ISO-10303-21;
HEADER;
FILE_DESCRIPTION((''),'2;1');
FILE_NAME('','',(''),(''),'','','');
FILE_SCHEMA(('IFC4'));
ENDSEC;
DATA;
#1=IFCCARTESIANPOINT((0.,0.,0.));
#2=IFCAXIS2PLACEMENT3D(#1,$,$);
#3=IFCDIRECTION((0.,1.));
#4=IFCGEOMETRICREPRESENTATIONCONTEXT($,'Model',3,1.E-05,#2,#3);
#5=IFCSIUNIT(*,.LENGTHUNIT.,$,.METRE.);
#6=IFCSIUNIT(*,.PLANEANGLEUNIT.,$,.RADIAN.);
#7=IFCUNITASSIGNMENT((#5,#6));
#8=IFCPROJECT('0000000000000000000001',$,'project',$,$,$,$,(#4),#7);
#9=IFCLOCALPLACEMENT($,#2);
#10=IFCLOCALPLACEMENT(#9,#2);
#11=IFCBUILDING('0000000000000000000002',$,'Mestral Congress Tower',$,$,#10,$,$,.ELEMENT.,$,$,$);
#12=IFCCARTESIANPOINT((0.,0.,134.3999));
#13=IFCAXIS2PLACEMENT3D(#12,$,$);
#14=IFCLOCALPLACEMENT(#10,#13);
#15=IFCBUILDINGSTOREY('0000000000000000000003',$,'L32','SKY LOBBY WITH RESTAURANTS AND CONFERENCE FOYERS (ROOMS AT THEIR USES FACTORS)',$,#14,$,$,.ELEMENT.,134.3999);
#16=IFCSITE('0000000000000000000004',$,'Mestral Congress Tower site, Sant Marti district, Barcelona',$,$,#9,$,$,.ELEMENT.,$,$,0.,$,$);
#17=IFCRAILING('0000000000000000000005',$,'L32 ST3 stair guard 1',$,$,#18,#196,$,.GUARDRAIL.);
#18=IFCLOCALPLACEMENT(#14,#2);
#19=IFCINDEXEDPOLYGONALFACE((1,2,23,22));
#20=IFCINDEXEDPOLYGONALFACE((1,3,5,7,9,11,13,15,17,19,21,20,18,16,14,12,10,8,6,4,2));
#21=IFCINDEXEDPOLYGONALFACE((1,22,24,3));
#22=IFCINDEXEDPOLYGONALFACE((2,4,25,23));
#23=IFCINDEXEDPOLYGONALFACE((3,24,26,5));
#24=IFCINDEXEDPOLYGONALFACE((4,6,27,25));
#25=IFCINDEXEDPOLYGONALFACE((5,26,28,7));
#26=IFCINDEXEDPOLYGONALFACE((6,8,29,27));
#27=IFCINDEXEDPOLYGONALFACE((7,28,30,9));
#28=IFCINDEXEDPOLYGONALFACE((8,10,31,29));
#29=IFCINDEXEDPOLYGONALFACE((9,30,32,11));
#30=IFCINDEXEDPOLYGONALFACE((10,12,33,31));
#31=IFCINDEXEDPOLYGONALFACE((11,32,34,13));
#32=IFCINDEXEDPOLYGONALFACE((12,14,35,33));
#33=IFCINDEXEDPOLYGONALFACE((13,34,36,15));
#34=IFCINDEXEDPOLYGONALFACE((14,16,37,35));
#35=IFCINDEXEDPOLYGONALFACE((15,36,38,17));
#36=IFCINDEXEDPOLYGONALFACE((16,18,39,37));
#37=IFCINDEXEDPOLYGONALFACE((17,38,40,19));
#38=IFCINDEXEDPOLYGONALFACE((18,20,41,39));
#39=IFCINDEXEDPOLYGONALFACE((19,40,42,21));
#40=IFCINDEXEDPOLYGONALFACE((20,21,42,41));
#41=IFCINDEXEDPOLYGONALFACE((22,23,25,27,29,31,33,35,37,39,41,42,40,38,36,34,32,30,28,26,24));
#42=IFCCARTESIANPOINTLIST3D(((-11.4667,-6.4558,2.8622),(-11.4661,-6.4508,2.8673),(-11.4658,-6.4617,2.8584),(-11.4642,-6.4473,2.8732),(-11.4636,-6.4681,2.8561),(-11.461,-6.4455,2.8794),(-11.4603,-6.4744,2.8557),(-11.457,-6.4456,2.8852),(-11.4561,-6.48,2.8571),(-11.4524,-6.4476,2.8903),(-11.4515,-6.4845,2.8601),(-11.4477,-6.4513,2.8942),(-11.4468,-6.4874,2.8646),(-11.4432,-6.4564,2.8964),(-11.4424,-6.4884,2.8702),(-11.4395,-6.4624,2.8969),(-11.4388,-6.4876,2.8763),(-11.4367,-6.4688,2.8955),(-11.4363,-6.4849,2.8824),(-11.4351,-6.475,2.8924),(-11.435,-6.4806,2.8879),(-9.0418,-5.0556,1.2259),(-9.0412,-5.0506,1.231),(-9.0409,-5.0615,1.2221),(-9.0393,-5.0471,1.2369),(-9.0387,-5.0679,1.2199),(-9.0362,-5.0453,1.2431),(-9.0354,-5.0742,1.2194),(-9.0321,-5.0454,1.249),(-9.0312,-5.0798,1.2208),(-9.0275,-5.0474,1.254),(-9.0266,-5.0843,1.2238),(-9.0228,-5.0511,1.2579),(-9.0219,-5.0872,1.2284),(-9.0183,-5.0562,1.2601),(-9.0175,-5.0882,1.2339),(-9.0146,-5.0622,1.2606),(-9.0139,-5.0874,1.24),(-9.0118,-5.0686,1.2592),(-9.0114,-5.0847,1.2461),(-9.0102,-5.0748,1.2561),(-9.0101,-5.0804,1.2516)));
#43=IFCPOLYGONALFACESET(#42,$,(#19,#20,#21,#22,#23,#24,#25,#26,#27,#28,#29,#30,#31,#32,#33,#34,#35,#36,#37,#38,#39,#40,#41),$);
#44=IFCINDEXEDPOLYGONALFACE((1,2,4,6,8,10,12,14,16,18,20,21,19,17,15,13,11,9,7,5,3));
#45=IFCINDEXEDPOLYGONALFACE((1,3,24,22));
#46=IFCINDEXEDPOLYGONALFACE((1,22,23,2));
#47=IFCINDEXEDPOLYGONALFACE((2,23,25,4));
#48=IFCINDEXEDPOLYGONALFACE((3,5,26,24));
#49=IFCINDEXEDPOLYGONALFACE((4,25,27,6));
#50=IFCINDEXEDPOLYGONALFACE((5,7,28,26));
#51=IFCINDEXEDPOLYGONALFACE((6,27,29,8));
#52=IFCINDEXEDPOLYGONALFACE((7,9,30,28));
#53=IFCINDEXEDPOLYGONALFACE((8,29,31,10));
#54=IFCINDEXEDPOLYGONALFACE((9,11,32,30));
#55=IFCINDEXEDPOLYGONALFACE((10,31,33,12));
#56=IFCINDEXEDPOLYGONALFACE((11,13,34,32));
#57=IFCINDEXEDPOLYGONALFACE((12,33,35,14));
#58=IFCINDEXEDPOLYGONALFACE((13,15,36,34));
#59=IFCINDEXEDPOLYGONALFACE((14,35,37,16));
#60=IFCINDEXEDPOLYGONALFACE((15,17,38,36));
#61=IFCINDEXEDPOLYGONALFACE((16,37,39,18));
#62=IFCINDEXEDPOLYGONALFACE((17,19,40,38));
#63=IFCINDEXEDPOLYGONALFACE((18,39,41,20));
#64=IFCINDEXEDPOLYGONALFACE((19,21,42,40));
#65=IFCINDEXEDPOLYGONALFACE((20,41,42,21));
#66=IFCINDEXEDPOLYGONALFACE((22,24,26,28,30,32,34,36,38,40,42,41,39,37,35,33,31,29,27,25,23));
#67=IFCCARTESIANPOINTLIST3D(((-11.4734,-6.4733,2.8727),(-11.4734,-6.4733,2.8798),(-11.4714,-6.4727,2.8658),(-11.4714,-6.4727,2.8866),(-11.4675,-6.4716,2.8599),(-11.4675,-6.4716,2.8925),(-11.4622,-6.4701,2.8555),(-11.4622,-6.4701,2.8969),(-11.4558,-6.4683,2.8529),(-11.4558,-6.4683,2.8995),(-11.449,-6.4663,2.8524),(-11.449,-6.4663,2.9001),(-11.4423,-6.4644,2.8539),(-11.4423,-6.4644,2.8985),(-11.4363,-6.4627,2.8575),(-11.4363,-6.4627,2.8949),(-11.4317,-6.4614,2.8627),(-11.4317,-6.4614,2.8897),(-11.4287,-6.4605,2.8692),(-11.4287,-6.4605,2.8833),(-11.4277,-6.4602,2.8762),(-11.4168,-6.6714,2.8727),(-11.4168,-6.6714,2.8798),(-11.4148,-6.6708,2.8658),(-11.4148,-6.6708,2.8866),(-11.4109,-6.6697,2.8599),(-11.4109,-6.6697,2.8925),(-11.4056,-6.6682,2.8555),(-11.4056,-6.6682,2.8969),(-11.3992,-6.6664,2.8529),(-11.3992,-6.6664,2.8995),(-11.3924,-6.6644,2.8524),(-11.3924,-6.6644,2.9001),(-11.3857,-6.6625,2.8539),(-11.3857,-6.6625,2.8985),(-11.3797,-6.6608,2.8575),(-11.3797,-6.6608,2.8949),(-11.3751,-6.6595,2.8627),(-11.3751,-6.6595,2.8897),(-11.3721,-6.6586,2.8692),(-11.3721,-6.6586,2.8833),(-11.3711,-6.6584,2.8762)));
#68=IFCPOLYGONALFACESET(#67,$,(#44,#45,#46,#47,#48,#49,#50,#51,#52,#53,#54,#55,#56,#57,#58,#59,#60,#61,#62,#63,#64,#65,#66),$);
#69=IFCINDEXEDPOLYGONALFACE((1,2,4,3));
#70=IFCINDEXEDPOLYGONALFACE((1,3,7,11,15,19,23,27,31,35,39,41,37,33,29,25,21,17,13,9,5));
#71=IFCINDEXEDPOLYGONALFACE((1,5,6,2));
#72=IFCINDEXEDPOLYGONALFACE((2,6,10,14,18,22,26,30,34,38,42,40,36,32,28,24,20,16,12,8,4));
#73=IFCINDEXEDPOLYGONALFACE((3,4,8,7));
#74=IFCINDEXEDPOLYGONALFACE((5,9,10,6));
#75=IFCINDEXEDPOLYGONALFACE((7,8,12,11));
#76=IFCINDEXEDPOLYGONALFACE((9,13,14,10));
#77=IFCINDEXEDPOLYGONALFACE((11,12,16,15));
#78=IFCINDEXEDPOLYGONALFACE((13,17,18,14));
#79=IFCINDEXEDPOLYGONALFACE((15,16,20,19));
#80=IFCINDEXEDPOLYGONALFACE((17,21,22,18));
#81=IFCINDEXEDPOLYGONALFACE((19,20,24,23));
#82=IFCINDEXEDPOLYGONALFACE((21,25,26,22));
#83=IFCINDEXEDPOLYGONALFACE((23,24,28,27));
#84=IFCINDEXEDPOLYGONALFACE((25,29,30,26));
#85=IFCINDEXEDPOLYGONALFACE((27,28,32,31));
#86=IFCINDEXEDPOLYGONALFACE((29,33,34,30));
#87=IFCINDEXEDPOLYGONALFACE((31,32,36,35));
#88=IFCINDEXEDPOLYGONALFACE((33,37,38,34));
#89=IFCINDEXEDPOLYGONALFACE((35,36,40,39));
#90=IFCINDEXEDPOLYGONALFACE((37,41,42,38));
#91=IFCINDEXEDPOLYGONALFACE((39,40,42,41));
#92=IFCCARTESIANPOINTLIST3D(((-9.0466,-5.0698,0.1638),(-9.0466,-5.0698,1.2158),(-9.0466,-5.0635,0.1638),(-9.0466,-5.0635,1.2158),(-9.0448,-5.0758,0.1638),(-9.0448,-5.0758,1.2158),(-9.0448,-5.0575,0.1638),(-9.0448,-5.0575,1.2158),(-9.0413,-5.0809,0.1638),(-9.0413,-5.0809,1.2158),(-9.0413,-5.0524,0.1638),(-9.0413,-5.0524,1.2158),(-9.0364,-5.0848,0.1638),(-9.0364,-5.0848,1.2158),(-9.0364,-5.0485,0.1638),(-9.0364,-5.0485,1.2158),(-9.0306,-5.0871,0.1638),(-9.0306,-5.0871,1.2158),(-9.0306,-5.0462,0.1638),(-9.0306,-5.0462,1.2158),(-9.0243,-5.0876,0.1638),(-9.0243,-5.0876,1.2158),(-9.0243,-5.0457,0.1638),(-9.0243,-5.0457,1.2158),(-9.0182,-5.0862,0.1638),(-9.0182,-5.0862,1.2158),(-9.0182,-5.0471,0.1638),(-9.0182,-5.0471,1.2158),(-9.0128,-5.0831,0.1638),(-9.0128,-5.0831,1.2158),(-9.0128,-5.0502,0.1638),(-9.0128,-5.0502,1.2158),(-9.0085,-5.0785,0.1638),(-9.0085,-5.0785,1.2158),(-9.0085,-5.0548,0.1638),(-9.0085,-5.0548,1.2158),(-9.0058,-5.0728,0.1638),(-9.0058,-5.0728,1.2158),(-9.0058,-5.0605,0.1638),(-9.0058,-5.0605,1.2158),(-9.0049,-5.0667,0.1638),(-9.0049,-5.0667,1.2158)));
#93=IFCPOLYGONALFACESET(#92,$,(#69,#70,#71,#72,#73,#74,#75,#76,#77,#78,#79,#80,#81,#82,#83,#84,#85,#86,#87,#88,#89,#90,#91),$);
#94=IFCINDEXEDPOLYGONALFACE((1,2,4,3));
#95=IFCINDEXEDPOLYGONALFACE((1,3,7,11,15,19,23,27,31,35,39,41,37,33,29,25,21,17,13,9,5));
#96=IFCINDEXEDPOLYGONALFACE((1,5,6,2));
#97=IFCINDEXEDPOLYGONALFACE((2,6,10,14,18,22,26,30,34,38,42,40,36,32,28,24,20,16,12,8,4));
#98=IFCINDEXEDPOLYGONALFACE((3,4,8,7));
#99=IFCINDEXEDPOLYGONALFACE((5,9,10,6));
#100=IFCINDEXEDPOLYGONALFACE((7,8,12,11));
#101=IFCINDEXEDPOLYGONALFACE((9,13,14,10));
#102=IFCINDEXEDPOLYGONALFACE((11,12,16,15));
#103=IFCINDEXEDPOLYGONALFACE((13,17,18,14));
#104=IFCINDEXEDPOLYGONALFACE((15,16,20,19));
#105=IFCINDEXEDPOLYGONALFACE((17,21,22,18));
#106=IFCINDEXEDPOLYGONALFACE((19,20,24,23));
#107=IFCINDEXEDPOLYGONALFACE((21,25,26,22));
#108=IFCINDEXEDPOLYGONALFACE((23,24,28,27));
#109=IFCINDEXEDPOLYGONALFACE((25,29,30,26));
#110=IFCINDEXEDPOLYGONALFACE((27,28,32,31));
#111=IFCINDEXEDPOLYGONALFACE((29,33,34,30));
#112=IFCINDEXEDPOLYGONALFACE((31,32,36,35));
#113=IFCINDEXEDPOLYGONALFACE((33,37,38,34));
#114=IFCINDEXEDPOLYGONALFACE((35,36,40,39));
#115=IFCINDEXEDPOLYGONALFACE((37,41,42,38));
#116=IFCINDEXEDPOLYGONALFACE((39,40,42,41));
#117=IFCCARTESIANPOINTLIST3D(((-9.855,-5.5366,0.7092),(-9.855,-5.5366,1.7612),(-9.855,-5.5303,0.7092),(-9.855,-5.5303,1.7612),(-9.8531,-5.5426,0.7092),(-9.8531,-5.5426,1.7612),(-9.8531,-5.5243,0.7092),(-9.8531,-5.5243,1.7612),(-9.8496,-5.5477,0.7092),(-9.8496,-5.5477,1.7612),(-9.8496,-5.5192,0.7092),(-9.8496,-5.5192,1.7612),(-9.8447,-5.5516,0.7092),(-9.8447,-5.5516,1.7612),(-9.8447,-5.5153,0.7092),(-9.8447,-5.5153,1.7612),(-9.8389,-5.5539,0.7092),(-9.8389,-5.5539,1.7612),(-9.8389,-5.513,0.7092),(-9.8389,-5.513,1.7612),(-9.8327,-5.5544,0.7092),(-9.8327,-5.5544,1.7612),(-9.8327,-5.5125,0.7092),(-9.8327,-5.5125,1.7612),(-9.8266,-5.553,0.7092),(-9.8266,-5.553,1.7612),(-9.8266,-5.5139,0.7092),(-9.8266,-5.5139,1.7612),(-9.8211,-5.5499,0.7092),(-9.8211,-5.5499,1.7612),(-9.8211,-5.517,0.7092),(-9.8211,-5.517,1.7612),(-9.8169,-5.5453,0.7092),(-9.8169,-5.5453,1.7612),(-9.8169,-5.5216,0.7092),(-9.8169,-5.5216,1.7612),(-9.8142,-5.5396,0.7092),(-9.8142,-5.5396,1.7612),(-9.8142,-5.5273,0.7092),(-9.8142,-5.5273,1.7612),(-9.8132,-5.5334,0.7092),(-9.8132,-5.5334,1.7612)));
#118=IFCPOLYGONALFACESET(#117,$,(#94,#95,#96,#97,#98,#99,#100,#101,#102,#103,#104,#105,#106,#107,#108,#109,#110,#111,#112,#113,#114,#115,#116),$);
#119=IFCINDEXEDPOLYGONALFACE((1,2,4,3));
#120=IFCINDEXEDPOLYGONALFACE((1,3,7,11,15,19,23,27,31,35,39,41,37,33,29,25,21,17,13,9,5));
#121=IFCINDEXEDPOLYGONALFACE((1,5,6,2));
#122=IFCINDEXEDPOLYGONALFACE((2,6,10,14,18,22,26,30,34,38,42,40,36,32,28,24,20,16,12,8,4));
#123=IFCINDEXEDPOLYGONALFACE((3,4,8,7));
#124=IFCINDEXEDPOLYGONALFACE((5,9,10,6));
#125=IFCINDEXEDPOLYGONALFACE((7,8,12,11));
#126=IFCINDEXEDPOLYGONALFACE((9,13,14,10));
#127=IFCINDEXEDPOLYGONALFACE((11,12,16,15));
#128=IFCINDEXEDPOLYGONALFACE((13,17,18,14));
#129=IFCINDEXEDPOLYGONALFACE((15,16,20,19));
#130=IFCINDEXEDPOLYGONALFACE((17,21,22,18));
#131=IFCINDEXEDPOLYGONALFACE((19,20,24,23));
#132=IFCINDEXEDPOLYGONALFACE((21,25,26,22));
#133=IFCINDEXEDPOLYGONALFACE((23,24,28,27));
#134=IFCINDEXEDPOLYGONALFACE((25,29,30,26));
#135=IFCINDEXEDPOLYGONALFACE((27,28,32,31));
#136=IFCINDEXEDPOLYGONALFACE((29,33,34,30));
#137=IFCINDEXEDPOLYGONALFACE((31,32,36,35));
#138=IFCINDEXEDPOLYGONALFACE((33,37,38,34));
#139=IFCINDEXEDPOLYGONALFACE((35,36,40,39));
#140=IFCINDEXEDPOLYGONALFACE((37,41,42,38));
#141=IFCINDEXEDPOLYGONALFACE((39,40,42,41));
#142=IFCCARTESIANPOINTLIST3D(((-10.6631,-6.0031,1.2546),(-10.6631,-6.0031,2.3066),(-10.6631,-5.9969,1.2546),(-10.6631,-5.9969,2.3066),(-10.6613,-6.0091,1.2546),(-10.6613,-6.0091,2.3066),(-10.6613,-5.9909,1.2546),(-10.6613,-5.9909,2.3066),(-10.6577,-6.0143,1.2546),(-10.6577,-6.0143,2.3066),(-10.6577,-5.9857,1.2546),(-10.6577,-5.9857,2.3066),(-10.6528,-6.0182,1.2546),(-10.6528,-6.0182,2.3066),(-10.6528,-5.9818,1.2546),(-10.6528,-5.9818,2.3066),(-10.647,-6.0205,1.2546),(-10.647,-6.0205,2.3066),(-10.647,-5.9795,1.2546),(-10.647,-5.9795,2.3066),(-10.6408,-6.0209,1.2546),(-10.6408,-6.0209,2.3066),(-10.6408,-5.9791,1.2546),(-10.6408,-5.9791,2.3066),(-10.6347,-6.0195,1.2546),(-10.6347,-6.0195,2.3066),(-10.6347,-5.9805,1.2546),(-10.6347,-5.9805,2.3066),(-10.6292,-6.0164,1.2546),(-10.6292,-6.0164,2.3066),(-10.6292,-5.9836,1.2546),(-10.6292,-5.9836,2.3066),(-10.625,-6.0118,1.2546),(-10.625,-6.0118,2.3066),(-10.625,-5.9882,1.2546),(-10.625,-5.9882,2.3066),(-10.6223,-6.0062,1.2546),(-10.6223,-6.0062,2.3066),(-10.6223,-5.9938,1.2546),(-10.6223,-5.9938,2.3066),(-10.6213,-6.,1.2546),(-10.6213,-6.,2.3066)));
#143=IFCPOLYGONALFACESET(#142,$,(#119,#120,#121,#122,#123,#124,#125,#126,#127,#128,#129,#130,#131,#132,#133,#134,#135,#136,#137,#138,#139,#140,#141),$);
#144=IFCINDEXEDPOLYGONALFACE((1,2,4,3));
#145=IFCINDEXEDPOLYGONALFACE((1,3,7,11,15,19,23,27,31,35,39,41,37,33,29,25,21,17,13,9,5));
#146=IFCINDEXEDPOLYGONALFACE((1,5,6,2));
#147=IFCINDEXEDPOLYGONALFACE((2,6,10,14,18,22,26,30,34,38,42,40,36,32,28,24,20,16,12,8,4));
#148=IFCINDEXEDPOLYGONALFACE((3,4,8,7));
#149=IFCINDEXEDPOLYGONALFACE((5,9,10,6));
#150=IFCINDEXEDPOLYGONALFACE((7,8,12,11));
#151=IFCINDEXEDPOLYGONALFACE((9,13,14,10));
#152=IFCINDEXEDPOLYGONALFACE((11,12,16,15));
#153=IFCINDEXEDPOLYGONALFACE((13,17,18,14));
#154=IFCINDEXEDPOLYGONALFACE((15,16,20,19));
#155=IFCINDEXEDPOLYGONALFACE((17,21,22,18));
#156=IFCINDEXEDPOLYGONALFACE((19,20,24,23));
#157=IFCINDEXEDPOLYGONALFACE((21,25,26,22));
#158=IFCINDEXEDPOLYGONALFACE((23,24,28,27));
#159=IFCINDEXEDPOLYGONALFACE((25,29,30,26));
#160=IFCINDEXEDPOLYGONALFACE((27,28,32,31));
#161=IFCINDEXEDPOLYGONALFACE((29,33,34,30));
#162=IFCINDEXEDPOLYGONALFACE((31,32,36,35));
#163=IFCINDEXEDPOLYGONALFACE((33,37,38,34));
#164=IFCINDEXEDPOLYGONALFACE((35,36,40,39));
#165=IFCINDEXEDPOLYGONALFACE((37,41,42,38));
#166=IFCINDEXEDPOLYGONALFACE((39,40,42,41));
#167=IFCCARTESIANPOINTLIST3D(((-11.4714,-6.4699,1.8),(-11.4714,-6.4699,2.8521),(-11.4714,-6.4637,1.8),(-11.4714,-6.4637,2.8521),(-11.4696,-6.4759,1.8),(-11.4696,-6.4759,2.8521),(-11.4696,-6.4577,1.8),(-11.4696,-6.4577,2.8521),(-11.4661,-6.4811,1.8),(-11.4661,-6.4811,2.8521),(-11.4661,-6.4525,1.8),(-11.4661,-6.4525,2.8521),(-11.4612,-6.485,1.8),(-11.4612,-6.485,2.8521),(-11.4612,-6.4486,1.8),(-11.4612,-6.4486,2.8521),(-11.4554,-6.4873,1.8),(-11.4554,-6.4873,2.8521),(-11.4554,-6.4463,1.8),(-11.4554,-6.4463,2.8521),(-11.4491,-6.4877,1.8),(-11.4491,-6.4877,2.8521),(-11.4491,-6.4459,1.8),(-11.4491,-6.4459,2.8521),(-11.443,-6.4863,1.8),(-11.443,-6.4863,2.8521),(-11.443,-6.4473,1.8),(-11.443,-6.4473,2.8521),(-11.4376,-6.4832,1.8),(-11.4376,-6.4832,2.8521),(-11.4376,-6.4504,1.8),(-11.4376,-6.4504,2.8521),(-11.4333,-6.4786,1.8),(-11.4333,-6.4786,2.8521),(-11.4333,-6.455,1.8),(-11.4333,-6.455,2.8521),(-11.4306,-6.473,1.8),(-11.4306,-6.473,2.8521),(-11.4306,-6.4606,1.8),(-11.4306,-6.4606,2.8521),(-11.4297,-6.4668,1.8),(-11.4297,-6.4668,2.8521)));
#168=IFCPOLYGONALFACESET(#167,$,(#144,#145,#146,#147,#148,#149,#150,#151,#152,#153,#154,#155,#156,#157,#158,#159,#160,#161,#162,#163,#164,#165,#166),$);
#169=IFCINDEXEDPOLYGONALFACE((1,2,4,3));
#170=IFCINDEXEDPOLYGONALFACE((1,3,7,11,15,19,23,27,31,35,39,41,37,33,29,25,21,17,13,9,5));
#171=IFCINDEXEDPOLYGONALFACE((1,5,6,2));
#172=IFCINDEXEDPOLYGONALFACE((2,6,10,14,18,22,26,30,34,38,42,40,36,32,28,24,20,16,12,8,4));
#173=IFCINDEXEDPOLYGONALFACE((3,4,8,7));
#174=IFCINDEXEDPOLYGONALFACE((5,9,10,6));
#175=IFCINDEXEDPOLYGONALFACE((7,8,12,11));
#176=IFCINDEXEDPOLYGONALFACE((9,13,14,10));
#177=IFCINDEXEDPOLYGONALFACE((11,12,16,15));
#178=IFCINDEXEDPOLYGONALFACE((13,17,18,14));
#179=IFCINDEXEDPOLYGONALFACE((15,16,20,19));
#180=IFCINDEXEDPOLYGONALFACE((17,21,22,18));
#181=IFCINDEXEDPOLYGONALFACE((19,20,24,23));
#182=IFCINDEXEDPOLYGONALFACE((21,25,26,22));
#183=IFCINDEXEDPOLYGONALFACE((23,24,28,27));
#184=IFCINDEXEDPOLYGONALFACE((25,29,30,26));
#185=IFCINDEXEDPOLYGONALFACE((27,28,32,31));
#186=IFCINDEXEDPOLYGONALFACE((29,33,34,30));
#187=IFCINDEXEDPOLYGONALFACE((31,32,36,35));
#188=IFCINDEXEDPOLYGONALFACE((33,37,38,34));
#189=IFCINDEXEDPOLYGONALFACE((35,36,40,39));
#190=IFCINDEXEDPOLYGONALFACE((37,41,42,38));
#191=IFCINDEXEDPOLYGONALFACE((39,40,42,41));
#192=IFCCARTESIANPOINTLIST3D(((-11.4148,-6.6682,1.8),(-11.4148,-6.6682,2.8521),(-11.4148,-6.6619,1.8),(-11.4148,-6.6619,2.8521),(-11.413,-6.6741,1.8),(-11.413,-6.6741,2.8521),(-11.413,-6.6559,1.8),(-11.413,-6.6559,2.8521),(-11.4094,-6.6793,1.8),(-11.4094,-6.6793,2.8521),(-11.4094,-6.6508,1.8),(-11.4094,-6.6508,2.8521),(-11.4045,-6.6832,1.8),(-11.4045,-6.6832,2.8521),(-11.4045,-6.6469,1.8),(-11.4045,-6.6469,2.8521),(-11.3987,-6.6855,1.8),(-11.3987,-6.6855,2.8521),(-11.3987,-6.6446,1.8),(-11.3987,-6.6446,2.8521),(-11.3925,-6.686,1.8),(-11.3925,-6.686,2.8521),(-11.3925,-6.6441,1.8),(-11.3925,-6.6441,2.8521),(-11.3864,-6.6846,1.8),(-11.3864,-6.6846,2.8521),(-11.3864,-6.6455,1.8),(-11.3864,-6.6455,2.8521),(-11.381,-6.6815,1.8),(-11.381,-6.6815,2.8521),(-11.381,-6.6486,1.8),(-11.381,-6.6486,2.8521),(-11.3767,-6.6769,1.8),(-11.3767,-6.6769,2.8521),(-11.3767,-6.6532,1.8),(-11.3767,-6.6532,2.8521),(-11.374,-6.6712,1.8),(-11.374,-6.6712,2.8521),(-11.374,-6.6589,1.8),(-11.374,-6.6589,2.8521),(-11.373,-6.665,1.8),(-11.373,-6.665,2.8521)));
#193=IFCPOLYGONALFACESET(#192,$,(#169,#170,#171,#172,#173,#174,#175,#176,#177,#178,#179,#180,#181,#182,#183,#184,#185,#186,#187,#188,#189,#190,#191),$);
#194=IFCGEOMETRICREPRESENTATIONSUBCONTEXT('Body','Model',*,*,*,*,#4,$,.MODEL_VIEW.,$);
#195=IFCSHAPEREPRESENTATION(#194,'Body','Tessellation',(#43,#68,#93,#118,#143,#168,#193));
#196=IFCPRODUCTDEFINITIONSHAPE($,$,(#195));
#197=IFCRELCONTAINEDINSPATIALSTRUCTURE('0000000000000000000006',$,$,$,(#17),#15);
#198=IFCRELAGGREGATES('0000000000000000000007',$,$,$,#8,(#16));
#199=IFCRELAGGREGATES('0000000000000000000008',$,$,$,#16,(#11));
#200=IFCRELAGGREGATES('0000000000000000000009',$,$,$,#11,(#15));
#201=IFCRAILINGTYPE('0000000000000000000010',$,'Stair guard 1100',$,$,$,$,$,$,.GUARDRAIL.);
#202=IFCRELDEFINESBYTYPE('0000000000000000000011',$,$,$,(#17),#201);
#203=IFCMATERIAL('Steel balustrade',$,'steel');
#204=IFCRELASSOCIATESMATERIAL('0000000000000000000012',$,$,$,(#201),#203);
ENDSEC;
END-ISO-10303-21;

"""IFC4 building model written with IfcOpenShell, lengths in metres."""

from ifc_helpers import new_model, si_unit, direction, frame, origin, origin_2d, place, context, subcontext, project, spatial, circle, extrude, material, type_object, element, save


model = new_model("IFC4")

# Units and contexts
model_context = context("Model", 3, precision=1e-05, world=origin(), true_north=direction((0.0, 1.0)))
body_context = subcontext(model_context, "Body", "Model", "MODEL_VIEW")
ifc_project = project(units=[si_unit("LENGTHUNIT", "METRE"), si_unit("PLANEANGLEUNIT", "RADIAN")], contexts=[model_context])

# Site, building, storey
site_placement = place(None, origin())
site = spatial("IfcSite", under=ifc_project, at=site_placement, Name="Mestral Congress Tower site, Sant Marti district, Barcelona", CompositionType="ELEMENT", RefElevation=0.0)
building_placement = place(site_placement, origin())
building = spatial("IfcBuilding", under=site, at=building_placement, Name="Mestral Congress Tower", CompositionType="ELEMENT")
storey_placement = place(building_placement, frame((0.0, 0.0, 134.3999)))
storey = spatial("IfcBuildingStorey", under=building, at=storey_placement, Name="L32", Description="SKY LOBBY WITH RESTAURANTS AND CONFERENCE FOYERS (ROOMS AT THEIR USES FACTORS)", CompositionType="ELEMENT", Elevation=134.3999)

# Railing
ifc_material_1 = material(Name="Steel balustrade", Category="steel")
railing_type_1 = type_object("IfcRailingType", Name="Stair guard 1100", PredefinedType="GUARDRAIL", material=ifc_material_1)
railing_1_placement = place(storey_placement, frame((-9.0259, -5.0667, 0.1638)))
element("IfcRailing", 1, at=railing_1_placement, inside=storey, type_object=railing_type_1, Name="L32 ST3 stair guard 1", PredefinedType="GUARDRAIL", context=body_context, shape_type="SweptSolid", body=[
    extrude(circle(Radius=0.0239, at=origin_2d()), frame((0.0, 0.0, 1.0762), z_axis=(-0.747694, -0.431738, 0.504535), x_axis=(0.50005, -0.865997, 0.0)), (0.0, 0.0, 1.0), 3.2432),
    extrude(circle(Radius=0.0239, at=origin_2d()), frame((-2.4248, -1.4001, 2.7124), z_axis=(0.274721, -0.961524, 0.0), x_axis=(0.961524, 0.274721, 0.0)), (0.0, 0.0, 1.0), 0.2061),
    extrude(circle(Radius=0.021, at=origin_2d()), origin(), (0.0, 0.0, 1.0), 1.052),
    extrude(circle(Radius=0.021, at=origin_2d()), frame((-0.8083, -0.4668, 0.5454)), (0.0, 0.0, 1.0), 1.052),
    extrude(circle(Radius=0.021, at=origin_2d()), frame((-1.6165, -0.9333, 1.0908)), (0.0, 0.0, 1.0), 1.052),
    extrude(circle(Radius=0.021, at=origin_2d()), frame((-2.4248, -1.4001, 1.6362)), (0.0, 0.0, 1.0), 1.052),
    extrude(circle(Radius=0.021, at=origin_2d()), frame((-2.3682, -1.5984, 1.6362)), (0.0, 0.0, 1.0), 1.052),
])

save(model, "model.ifc")
